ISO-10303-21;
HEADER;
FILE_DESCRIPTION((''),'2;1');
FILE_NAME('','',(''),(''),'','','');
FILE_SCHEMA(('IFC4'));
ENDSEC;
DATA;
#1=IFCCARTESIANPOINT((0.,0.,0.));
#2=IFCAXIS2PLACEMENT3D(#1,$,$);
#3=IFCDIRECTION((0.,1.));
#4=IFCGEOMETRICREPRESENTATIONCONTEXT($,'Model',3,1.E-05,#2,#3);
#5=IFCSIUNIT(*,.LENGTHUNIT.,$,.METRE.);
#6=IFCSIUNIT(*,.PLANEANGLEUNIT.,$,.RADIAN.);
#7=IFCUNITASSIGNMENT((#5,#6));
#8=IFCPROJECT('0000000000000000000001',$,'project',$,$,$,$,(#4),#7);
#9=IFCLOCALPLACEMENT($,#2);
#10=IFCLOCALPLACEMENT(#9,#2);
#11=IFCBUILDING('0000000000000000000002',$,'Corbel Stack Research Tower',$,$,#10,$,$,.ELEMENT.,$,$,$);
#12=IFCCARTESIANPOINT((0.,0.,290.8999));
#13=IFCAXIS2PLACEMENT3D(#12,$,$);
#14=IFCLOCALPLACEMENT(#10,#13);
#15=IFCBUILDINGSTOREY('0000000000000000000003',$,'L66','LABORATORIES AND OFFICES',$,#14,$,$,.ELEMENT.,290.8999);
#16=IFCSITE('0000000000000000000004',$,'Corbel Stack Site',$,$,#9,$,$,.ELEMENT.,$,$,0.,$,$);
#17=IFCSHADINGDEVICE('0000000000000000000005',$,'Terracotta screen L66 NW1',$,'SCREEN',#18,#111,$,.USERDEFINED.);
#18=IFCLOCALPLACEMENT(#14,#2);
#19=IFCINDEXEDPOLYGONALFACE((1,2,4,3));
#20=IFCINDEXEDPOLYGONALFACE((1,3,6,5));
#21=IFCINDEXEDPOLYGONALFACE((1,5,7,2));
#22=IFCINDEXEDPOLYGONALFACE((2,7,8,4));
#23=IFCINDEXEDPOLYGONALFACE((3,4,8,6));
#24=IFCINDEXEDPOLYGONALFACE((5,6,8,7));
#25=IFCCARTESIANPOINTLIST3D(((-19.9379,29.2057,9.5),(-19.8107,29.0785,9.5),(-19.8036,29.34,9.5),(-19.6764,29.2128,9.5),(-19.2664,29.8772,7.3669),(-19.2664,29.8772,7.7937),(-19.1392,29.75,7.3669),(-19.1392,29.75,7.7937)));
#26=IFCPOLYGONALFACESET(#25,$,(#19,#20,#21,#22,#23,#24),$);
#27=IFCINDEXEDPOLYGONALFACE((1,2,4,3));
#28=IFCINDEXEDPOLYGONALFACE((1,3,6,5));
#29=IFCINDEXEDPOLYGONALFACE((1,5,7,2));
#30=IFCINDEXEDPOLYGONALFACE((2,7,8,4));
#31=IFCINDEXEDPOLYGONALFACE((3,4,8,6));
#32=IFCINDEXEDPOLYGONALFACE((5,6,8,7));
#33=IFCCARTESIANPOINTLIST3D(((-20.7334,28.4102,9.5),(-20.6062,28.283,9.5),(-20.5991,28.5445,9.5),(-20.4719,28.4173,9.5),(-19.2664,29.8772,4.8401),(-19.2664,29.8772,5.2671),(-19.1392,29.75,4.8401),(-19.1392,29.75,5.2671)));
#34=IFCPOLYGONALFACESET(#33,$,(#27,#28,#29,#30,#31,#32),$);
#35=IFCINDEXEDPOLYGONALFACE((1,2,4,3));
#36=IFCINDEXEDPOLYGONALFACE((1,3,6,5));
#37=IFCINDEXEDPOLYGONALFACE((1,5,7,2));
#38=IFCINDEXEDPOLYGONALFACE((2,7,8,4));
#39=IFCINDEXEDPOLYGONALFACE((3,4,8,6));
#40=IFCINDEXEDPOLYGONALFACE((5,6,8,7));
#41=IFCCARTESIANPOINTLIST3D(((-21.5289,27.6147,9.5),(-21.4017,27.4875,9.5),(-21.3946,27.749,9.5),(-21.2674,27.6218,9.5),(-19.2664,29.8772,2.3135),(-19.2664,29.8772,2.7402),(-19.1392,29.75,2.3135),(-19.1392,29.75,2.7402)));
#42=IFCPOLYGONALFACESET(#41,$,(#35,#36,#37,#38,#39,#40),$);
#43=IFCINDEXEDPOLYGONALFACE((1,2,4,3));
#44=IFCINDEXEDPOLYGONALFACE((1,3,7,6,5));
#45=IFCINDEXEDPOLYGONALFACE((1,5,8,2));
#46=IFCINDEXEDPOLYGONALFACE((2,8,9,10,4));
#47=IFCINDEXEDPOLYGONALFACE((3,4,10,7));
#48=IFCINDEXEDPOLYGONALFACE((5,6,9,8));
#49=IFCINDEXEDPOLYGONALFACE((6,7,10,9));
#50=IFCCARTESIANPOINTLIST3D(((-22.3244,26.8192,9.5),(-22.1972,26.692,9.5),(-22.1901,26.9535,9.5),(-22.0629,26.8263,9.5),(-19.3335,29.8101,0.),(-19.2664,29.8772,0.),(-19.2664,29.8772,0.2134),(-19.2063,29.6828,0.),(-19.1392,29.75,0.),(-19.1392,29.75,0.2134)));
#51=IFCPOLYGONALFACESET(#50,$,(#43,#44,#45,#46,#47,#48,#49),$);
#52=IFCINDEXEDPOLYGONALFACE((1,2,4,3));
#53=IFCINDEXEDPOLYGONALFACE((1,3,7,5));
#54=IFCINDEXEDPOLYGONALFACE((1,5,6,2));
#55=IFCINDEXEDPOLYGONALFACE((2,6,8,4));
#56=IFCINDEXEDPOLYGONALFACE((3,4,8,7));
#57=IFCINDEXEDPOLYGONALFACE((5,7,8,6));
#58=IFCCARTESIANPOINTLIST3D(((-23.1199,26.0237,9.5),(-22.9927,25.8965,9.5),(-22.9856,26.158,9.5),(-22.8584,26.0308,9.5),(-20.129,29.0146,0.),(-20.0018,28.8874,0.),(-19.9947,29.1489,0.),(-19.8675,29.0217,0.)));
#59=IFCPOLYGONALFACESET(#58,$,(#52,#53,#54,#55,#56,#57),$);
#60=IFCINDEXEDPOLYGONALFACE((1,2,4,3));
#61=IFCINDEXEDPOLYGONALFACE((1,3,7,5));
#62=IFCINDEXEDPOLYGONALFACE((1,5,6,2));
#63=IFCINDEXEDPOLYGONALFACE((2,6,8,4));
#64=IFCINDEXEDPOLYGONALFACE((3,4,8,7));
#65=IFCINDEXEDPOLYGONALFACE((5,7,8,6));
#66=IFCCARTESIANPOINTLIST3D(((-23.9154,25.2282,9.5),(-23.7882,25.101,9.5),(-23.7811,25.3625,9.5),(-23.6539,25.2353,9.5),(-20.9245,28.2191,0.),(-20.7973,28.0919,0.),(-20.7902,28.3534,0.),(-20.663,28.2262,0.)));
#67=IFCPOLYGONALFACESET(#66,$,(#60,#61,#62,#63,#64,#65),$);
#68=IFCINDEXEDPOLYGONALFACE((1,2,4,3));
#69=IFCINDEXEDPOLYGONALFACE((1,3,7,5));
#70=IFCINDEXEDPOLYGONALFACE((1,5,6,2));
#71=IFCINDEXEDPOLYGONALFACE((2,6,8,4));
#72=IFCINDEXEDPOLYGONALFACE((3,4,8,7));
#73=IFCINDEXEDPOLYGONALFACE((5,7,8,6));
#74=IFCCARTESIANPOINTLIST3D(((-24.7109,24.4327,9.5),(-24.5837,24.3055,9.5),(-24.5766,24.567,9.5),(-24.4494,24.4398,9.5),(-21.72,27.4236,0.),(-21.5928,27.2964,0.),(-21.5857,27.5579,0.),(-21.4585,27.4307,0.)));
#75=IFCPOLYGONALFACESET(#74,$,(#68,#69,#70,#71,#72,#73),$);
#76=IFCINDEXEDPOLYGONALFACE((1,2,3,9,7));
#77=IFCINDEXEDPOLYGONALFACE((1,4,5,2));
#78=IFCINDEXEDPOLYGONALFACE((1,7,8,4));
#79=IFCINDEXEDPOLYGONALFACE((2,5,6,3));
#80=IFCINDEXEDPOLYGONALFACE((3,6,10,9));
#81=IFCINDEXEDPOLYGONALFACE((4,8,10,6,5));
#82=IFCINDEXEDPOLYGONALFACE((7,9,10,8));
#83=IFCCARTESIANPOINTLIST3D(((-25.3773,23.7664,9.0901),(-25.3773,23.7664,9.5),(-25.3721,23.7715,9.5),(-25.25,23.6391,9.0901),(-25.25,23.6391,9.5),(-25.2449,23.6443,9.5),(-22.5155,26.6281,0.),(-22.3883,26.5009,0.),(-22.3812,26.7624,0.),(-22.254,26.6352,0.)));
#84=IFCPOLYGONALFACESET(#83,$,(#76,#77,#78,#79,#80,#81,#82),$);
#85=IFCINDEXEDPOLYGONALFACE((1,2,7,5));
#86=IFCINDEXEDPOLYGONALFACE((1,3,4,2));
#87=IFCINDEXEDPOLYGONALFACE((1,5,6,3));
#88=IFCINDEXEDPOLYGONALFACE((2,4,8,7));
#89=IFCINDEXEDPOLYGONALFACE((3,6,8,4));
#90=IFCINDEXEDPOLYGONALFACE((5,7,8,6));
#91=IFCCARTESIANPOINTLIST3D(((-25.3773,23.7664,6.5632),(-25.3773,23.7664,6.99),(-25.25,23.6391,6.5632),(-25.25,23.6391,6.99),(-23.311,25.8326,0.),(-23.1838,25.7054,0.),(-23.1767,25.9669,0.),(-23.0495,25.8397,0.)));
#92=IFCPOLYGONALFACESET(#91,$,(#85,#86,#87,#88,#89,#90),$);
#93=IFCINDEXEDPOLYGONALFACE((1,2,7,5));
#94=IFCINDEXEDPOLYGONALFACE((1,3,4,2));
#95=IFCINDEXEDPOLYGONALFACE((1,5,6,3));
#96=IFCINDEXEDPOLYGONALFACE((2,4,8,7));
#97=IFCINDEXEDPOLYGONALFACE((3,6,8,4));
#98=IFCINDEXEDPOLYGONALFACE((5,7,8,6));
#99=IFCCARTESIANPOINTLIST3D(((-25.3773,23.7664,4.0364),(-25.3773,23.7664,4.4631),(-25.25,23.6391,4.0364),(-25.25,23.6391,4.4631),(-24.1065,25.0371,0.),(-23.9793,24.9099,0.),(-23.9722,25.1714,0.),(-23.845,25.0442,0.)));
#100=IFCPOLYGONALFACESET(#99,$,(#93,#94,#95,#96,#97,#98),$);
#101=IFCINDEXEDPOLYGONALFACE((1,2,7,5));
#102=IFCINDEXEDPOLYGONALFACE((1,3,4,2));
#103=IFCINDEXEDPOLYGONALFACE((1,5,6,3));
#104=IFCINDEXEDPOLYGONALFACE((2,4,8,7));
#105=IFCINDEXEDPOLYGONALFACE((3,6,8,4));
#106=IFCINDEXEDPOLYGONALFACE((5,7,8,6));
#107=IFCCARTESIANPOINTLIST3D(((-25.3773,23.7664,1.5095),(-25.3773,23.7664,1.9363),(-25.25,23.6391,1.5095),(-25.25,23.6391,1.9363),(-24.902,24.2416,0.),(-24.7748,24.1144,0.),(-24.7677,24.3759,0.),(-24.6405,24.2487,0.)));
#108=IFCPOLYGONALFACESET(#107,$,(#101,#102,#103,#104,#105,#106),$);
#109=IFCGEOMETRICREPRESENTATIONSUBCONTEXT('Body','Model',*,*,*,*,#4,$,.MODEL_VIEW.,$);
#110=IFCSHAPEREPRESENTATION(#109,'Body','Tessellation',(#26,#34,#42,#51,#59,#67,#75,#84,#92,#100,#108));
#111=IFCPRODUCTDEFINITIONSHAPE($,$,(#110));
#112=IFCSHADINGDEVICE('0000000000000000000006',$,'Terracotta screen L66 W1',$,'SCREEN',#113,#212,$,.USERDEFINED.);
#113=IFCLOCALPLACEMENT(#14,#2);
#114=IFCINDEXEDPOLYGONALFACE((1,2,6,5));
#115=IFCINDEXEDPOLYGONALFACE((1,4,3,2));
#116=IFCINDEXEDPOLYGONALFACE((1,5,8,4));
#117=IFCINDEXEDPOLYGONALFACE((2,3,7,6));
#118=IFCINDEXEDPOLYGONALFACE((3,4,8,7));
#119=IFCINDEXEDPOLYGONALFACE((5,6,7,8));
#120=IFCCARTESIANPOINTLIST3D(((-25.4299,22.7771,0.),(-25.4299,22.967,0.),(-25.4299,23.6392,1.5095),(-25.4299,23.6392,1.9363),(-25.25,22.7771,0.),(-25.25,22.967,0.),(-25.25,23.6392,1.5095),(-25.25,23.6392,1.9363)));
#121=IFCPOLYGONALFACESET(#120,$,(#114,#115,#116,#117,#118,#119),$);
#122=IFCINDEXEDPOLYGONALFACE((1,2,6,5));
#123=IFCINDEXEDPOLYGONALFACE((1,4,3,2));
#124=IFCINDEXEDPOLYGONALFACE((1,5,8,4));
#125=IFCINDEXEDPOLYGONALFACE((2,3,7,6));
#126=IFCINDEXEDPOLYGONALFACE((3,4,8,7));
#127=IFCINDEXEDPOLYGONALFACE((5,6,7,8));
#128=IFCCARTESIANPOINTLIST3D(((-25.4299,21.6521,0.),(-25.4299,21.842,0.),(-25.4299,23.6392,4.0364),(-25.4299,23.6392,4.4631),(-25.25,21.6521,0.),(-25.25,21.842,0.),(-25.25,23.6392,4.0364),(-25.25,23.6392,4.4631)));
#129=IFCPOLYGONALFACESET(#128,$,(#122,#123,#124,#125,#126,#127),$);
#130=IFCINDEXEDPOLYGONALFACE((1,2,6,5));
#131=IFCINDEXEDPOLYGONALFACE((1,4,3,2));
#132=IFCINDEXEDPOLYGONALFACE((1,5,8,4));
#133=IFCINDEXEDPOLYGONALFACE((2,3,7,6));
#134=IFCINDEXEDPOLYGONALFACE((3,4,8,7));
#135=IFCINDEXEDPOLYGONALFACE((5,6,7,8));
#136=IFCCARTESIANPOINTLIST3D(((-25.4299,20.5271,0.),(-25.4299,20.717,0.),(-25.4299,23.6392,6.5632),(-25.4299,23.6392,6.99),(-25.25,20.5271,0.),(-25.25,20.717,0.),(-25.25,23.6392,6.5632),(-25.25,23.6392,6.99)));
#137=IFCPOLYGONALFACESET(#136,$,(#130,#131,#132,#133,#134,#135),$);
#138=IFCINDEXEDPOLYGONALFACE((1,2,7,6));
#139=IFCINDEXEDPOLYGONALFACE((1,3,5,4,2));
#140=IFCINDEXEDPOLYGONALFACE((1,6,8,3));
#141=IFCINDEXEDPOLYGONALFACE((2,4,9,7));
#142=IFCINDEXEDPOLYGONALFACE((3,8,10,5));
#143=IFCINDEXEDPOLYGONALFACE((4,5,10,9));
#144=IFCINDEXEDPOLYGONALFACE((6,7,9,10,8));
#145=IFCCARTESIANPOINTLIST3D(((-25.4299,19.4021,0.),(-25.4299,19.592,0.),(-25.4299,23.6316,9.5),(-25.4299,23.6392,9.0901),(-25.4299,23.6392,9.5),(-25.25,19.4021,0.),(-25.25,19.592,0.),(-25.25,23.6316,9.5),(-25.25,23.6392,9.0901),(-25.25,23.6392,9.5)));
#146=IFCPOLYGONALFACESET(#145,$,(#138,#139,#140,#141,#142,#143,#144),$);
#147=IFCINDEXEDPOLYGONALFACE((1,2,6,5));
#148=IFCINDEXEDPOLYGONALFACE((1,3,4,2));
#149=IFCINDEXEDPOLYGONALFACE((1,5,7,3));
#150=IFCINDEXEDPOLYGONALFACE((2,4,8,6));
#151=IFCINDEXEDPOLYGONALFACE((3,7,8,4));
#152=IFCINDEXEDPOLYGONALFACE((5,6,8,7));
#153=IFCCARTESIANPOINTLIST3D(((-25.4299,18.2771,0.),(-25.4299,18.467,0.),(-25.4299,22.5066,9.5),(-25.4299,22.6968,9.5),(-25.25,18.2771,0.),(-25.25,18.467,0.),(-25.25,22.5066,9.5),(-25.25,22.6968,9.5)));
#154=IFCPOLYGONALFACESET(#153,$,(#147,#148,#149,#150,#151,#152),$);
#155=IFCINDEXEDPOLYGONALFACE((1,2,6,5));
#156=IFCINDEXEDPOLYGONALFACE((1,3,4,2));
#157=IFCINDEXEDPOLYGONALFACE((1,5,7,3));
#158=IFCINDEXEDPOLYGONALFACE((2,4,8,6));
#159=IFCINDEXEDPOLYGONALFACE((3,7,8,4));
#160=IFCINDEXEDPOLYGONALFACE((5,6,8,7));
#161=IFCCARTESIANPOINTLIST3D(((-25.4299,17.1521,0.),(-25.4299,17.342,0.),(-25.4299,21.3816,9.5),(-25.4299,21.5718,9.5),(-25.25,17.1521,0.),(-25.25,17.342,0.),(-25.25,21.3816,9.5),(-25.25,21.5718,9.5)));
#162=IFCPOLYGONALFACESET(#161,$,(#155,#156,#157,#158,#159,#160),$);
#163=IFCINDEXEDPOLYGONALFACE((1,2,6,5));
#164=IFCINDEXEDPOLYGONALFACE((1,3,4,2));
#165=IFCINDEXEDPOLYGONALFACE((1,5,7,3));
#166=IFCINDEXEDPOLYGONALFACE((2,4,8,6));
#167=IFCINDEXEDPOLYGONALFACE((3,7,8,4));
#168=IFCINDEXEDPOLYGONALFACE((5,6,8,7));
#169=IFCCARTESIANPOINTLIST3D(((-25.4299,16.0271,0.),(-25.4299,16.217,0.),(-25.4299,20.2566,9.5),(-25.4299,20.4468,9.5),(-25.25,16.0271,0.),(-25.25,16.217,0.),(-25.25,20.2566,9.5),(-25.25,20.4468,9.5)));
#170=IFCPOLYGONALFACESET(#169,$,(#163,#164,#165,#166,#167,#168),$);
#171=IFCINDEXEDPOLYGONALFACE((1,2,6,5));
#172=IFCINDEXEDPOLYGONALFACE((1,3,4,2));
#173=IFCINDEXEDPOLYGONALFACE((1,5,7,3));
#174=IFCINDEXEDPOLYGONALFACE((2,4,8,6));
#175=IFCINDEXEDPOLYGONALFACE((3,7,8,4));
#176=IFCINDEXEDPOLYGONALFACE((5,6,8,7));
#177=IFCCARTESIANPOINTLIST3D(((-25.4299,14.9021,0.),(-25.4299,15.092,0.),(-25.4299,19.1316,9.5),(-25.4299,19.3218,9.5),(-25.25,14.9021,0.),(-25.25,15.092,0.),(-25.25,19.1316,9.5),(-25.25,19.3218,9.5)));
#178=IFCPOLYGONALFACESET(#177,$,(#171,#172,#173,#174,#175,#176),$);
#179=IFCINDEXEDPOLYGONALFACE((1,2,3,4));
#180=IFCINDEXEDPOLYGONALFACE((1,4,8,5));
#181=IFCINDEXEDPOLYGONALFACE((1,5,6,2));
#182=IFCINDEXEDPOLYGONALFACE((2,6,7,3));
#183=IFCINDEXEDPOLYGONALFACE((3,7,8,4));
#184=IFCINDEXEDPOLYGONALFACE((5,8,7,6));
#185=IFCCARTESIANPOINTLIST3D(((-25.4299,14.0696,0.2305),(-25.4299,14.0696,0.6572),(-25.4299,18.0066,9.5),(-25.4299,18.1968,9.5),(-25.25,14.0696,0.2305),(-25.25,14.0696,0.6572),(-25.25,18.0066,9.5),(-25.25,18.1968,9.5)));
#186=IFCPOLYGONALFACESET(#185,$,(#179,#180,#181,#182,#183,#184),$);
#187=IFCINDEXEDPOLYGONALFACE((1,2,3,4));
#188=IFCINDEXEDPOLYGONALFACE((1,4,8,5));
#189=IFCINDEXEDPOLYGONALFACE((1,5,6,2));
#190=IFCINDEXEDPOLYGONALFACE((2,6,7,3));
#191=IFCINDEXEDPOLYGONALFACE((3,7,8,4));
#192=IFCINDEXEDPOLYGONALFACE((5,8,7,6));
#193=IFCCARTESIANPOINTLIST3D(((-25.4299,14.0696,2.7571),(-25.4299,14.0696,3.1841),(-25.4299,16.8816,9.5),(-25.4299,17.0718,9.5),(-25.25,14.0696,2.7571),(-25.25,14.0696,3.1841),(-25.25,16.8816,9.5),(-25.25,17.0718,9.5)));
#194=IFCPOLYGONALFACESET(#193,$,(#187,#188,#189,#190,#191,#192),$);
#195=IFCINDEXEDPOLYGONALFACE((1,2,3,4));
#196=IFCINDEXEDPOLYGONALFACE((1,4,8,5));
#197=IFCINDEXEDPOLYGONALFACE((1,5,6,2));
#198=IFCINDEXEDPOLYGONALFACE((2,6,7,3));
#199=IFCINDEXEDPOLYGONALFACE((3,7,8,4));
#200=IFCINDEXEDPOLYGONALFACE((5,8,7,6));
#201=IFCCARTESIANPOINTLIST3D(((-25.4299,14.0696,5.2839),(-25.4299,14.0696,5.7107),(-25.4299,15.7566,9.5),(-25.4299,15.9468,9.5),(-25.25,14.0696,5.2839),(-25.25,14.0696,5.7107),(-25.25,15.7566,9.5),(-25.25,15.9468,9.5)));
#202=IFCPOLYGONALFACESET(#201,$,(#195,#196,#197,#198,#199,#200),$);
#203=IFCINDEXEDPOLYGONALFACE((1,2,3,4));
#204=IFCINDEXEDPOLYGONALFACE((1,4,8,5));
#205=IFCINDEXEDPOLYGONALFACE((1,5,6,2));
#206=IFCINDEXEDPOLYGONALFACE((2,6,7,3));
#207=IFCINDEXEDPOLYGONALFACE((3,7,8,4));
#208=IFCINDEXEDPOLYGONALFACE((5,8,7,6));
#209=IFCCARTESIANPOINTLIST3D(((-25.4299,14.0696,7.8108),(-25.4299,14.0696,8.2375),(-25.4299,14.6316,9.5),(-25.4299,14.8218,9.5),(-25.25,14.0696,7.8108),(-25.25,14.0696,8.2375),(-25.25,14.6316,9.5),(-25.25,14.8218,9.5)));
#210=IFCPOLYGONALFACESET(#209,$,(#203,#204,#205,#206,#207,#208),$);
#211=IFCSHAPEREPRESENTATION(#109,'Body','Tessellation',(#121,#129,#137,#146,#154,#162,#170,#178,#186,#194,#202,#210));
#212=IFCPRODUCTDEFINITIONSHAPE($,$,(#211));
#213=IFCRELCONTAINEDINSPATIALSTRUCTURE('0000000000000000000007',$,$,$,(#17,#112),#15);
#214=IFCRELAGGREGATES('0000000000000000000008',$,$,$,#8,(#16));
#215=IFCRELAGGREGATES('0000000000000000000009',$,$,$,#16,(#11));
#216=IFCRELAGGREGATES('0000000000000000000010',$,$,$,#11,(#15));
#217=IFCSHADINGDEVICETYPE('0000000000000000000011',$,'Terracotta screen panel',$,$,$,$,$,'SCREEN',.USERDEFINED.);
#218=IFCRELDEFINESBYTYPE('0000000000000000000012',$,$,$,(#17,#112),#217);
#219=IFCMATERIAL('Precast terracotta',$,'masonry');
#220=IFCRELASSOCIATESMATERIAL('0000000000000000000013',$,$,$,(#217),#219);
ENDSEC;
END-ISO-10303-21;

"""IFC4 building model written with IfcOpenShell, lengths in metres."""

from ifc_helpers import new_model, si_unit, direction, frame, origin, place, context, subcontext, project, spatial, polyline, outline, extrude, source, transform, mapped, material, type_object, element, save


model = new_model("IFC4")

# Units and contexts
model_context = context("Model", 3, precision=1e-05, world=origin(), true_north=direction((0.0, 1.0)))
body_context = subcontext(model_context, "Body", "Model", "MODEL_VIEW")
ifc_project = project(units=[si_unit("LENGTHUNIT", "METRE"), si_unit("PLANEANGLEUNIT", "RADIAN")], contexts=[model_context])

# Site, building, storey
site_placement = place(None, origin())
site = spatial("IfcSite", under=ifc_project, at=site_placement, Name="Corbel Stack Site", CompositionType="ELEMENT", RefElevation=0.0)
building_placement = place(site_placement, origin())
building = spatial("IfcBuilding", under=site, at=building_placement, Name="Corbel Stack Research Tower", CompositionType="ELEMENT")
storey_placement = place(building_placement, frame((0.0, 0.0, 290.8999)))
storey = spatial("IfcBuildingStorey", under=building, at=storey_placement, Name="L66", Description="LABORATORIES AND OFFICES", CompositionType="ELEMENT", Elevation=290.8999)

# Shading devices
ifc_material_1 = material(Name="Precast terracotta", Category="masonry")
shading_device_type = type_object("IfcShadingDeviceType", Name="Terracotta screen panel", ElementType="SCREEN", PredefinedType="USERDEFINED", material=ifc_material_1)
shared_shape_1 = source(origin(), body_context, "Body", "SweptSolid", [
    extrude(outline(polyline([(0.9497, 9.5), (0.7598, 9.5), (0.0, 7.7937), (0.0, 7.3669), (0.9497, 9.5)])), frame((0.0, 0.0, 0.0), z_axis=(0.0, -1.0, 0.0), x_axis=(1.0, 0.0, 0.0)), (0.0, 0.0, 1.0), 0.1799),
    extrude(outline(polyline([(2.0747, 9.5), (1.8848, 9.5), (0.0, 5.2671), (0.0, 4.8401), (2.0747, 9.5)])), frame((0.0, 0.0, 0.0), z_axis=(0.0, -1.0, 0.0), x_axis=(1.0, 0.0, 0.0)), (0.0, 0.0, 1.0), 0.1799),
    extrude(outline(polyline([(3.1997, 9.5), (3.0098, 9.5), (0.0, 2.7402), (0.0, 2.3135), (3.1997, 9.5)])), frame((0.0, 0.0, 0.0), z_axis=(0.0, -1.0, 0.0), x_axis=(1.0, 0.0, 0.0)), (0.0, 0.0, 1.0), 0.1799),
    extrude(outline(polyline([(0.095, 0.0), (4.3247, 9.5), (4.1348, 9.5), (0.0, 0.2134), (0.0, 0.0), (0.095, 0.0)])), frame((0.0, 0.0, 0.0), z_axis=(0.0, -1.0, 0.0), x_axis=(1.0, 0.0, 0.0)), (0.0, 0.0, 1.0), 0.1799),
    extrude(outline(polyline([(1.22, 0.0), (5.4497, 9.5), (5.2598, 9.5), (1.03, 0.0), (1.22, 0.0)])), frame((0.0, 0.0, 0.0), z_axis=(0.0, -1.0, 0.0), x_axis=(1.0, 0.0, 0.0)), (0.0, 0.0, 1.0), 0.1799),
    extrude(outline(polyline([(2.345, 0.0), (6.5747, 9.5), (6.3848, 9.5), (2.155, 0.0), (2.345, 0.0)])), frame((0.0, 0.0, 0.0), z_axis=(0.0, -1.0, 0.0), x_axis=(1.0, 0.0, 0.0)), (0.0, 0.0, 1.0), 0.1799),
    extrude(outline(polyline([(3.47, 0.0), (7.6997, 9.5), (7.5098, 9.5), (3.28, 0.0), (3.47, 0.0)])), frame((0.0, 0.0, 0.0), z_axis=(0.0, -1.0, 0.0), x_axis=(1.0, 0.0, 0.0)), (0.0, 0.0, 1.0), 0.1799),
    extrude(outline(polyline([(4.595, 0.0), (8.6421, 9.0901), (8.6421, 9.5), (8.6348, 9.5), (4.405, 0.0), (4.595, 0.0)])), frame((0.0, 0.0, 0.0), z_axis=(0.0, -1.0, 0.0), x_axis=(1.0, 0.0, 0.0)), (0.0, 0.0, 1.0), 0.1799),
    extrude(outline(polyline([(5.72, 0.0), (8.6421, 6.5632), (8.6421, 6.99), (5.53, 0.0), (5.72, 0.0)])), frame((0.0, 0.0, 0.0), z_axis=(0.0, -1.0, 0.0), x_axis=(1.0, 0.0, 0.0)), (0.0, 0.0, 1.0), 0.1799),
    extrude(outline(polyline([(6.845, 0.0), (8.6421, 4.0364), (8.6421, 4.4631), (6.655, 0.0), (6.845, 0.0)])), frame((0.0, 0.0, 0.0), z_axis=(0.0, -1.0, 0.0), x_axis=(1.0, 0.0, 0.0)), (0.0, 0.0, 1.0), 0.1799),
    extrude(outline(polyline([(7.97, 0.0), (8.6421, 1.5095), (8.6421, 1.9363), (7.78, 0.0), (7.97, 0.0)])), frame((0.0, 0.0, 0.0), z_axis=(0.0, -1.0, 0.0), x_axis=(1.0, 0.0, 0.0)), (0.0, 0.0, 1.0), 0.1799),
])
shading_device_1_placement = place(storey_placement, frame((-19.1392, 29.75, 0.0), z_axis=(0.0, 0.0, 1.0), x_axis=(-0.707107, -0.707107, 0.0)))
element("IfcShadingDevice", 1, at=shading_device_1_placement, inside=storey, type_object=shading_device_type, Name="Terracotta screen L66 NW1", ObjectType="SCREEN", PredefinedType="USERDEFINED", context=body_context, shape_type="MappedRepresentation", body=[
    mapped(shared_shape_1, transform((0.0, 0.0, 0.0))),
])
shared_shape_2 = source(origin(), body_context, "Body", "SweptSolid", [
    extrude(outline(polyline([(0.8621, 0.0), (0.0, 1.9363), (0.0, 1.5095), (0.6721, 0.0), (0.8621, 0.0)])), frame((0.0, 0.0, 0.0), z_axis=(0.0, -1.0, 0.0), x_axis=(1.0, 0.0, 0.0)), (0.0, 0.0, 1.0), 0.1799),
    extrude(outline(polyline([(1.9871, 0.0), (0.0, 4.4631), (0.0, 4.0364), (1.7971, 0.0), (1.9871, 0.0)])), frame((0.0, 0.0, 0.0), z_axis=(0.0, -1.0, 0.0), x_axis=(1.0, 0.0, 0.0)), (0.0, 0.0, 1.0), 0.1799),
    extrude(outline(polyline([(3.1121, 0.0), (0.0, 6.99), (0.0, 6.5632), (2.9221, 0.0), (3.1121, 0.0)])), frame((0.0, 0.0, 0.0), z_axis=(0.0, -1.0, 0.0), x_axis=(1.0, 0.0, 0.0)), (0.0, 0.0, 1.0), 0.1799),
    extrude(outline(polyline([(4.2371, 0.0), (0.0076, 9.5), (0.0, 9.5), (0.0, 9.0901), (4.0471, 0.0), (4.2371, 0.0)])), frame((0.0, 0.0, 0.0), z_axis=(0.0, -1.0, 0.0), x_axis=(1.0, 0.0, 0.0)), (0.0, 0.0, 1.0), 0.1799),
    extrude(outline(polyline([(5.3621, 0.0), (1.1326, 9.5), (0.9424, 9.5), (5.1721, 0.0), (5.3621, 0.0)])), frame((0.0, 0.0, 0.0), z_axis=(0.0, -1.0, 0.0), x_axis=(1.0, 0.0, 0.0)), (0.0, 0.0, 1.0), 0.1799),
    extrude(outline(polyline([(6.4871, 0.0), (2.2576, 9.5), (2.0674, 9.5), (6.2971, 0.0), (6.4871, 0.0)])), frame((0.0, 0.0, 0.0), z_axis=(0.0, -1.0, 0.0), x_axis=(1.0, 0.0, 0.0)), (0.0, 0.0, 1.0), 0.1799),
    extrude(outline(polyline([(7.6121, 0.0), (3.3826, 9.5), (3.1924, 9.5), (7.4221, 0.0), (7.6121, 0.0)])), frame((0.0, 0.0, 0.0), z_axis=(0.0, -1.0, 0.0), x_axis=(1.0, 0.0, 0.0)), (0.0, 0.0, 1.0), 0.1799),
    extrude(outline(polyline([(8.7371, 0.0), (4.5076, 9.5), (4.3174, 9.5), (8.5471, 0.0), (8.7371, 0.0)])), frame((0.0, 0.0, 0.0), z_axis=(0.0, -1.0, 0.0), x_axis=(1.0, 0.0, 0.0)), (0.0, 0.0, 1.0), 0.1799),
    extrude(outline(polyline([(5.6326, 9.5), (5.4424, 9.5), (9.5696, 0.2305), (9.5696, 0.6572), (5.6326, 9.5)])), frame((0.0, 0.0, 0.0), z_axis=(0.0, -1.0, 0.0), x_axis=(1.0, 0.0, 0.0)), (0.0, 0.0, 1.0), 0.1799),
    extrude(outline(polyline([(6.7576, 9.5), (6.5674, 9.5), (9.5696, 2.7571), (9.5696, 3.1841), (6.7576, 9.5)])), frame((0.0, 0.0, 0.0), z_axis=(0.0, -1.0, 0.0), x_axis=(1.0, 0.0, 0.0)), (0.0, 0.0, 1.0), 0.1799),
    extrude(outline(polyline([(7.8826, 9.5), (7.6924, 9.5), (9.5696, 5.2839), (9.5696, 5.7107), (7.8826, 9.5)])), frame((0.0, 0.0, 0.0), z_axis=(0.0, -1.0, 0.0), x_axis=(1.0, 0.0, 0.0)), (0.0, 0.0, 1.0), 0.1799),
    extrude(outline(polyline([(9.0076, 9.5), (8.8174, 9.5), (9.5696, 7.8108), (9.5696, 8.2375), (9.0076, 9.5)])), frame((0.0, 0.0, 0.0), z_axis=(0.0, -1.0, 0.0), x_axis=(1.0, 0.0, 0.0)), (0.0, 0.0, 1.0), 0.1799),
])
shading_device_2_placement = place(storey_placement, frame((-25.25, 23.6392, 0.0), z_axis=(0.0, 0.0, 1.0), x_axis=(0.0, -1.0, 0.0)))
element("IfcShadingDevice", 2, at=shading_device_2_placement, inside=storey, type_object=shading_device_type, Name="Terracotta screen L66 W1", ObjectType="SCREEN", PredefinedType="USERDEFINED", context=body_context, shape_type="MappedRepresentation", body=[
    mapped(shared_shape_2, transform((0.0, 0.0, 0.0))),
])

save(model, "model.ifc")
